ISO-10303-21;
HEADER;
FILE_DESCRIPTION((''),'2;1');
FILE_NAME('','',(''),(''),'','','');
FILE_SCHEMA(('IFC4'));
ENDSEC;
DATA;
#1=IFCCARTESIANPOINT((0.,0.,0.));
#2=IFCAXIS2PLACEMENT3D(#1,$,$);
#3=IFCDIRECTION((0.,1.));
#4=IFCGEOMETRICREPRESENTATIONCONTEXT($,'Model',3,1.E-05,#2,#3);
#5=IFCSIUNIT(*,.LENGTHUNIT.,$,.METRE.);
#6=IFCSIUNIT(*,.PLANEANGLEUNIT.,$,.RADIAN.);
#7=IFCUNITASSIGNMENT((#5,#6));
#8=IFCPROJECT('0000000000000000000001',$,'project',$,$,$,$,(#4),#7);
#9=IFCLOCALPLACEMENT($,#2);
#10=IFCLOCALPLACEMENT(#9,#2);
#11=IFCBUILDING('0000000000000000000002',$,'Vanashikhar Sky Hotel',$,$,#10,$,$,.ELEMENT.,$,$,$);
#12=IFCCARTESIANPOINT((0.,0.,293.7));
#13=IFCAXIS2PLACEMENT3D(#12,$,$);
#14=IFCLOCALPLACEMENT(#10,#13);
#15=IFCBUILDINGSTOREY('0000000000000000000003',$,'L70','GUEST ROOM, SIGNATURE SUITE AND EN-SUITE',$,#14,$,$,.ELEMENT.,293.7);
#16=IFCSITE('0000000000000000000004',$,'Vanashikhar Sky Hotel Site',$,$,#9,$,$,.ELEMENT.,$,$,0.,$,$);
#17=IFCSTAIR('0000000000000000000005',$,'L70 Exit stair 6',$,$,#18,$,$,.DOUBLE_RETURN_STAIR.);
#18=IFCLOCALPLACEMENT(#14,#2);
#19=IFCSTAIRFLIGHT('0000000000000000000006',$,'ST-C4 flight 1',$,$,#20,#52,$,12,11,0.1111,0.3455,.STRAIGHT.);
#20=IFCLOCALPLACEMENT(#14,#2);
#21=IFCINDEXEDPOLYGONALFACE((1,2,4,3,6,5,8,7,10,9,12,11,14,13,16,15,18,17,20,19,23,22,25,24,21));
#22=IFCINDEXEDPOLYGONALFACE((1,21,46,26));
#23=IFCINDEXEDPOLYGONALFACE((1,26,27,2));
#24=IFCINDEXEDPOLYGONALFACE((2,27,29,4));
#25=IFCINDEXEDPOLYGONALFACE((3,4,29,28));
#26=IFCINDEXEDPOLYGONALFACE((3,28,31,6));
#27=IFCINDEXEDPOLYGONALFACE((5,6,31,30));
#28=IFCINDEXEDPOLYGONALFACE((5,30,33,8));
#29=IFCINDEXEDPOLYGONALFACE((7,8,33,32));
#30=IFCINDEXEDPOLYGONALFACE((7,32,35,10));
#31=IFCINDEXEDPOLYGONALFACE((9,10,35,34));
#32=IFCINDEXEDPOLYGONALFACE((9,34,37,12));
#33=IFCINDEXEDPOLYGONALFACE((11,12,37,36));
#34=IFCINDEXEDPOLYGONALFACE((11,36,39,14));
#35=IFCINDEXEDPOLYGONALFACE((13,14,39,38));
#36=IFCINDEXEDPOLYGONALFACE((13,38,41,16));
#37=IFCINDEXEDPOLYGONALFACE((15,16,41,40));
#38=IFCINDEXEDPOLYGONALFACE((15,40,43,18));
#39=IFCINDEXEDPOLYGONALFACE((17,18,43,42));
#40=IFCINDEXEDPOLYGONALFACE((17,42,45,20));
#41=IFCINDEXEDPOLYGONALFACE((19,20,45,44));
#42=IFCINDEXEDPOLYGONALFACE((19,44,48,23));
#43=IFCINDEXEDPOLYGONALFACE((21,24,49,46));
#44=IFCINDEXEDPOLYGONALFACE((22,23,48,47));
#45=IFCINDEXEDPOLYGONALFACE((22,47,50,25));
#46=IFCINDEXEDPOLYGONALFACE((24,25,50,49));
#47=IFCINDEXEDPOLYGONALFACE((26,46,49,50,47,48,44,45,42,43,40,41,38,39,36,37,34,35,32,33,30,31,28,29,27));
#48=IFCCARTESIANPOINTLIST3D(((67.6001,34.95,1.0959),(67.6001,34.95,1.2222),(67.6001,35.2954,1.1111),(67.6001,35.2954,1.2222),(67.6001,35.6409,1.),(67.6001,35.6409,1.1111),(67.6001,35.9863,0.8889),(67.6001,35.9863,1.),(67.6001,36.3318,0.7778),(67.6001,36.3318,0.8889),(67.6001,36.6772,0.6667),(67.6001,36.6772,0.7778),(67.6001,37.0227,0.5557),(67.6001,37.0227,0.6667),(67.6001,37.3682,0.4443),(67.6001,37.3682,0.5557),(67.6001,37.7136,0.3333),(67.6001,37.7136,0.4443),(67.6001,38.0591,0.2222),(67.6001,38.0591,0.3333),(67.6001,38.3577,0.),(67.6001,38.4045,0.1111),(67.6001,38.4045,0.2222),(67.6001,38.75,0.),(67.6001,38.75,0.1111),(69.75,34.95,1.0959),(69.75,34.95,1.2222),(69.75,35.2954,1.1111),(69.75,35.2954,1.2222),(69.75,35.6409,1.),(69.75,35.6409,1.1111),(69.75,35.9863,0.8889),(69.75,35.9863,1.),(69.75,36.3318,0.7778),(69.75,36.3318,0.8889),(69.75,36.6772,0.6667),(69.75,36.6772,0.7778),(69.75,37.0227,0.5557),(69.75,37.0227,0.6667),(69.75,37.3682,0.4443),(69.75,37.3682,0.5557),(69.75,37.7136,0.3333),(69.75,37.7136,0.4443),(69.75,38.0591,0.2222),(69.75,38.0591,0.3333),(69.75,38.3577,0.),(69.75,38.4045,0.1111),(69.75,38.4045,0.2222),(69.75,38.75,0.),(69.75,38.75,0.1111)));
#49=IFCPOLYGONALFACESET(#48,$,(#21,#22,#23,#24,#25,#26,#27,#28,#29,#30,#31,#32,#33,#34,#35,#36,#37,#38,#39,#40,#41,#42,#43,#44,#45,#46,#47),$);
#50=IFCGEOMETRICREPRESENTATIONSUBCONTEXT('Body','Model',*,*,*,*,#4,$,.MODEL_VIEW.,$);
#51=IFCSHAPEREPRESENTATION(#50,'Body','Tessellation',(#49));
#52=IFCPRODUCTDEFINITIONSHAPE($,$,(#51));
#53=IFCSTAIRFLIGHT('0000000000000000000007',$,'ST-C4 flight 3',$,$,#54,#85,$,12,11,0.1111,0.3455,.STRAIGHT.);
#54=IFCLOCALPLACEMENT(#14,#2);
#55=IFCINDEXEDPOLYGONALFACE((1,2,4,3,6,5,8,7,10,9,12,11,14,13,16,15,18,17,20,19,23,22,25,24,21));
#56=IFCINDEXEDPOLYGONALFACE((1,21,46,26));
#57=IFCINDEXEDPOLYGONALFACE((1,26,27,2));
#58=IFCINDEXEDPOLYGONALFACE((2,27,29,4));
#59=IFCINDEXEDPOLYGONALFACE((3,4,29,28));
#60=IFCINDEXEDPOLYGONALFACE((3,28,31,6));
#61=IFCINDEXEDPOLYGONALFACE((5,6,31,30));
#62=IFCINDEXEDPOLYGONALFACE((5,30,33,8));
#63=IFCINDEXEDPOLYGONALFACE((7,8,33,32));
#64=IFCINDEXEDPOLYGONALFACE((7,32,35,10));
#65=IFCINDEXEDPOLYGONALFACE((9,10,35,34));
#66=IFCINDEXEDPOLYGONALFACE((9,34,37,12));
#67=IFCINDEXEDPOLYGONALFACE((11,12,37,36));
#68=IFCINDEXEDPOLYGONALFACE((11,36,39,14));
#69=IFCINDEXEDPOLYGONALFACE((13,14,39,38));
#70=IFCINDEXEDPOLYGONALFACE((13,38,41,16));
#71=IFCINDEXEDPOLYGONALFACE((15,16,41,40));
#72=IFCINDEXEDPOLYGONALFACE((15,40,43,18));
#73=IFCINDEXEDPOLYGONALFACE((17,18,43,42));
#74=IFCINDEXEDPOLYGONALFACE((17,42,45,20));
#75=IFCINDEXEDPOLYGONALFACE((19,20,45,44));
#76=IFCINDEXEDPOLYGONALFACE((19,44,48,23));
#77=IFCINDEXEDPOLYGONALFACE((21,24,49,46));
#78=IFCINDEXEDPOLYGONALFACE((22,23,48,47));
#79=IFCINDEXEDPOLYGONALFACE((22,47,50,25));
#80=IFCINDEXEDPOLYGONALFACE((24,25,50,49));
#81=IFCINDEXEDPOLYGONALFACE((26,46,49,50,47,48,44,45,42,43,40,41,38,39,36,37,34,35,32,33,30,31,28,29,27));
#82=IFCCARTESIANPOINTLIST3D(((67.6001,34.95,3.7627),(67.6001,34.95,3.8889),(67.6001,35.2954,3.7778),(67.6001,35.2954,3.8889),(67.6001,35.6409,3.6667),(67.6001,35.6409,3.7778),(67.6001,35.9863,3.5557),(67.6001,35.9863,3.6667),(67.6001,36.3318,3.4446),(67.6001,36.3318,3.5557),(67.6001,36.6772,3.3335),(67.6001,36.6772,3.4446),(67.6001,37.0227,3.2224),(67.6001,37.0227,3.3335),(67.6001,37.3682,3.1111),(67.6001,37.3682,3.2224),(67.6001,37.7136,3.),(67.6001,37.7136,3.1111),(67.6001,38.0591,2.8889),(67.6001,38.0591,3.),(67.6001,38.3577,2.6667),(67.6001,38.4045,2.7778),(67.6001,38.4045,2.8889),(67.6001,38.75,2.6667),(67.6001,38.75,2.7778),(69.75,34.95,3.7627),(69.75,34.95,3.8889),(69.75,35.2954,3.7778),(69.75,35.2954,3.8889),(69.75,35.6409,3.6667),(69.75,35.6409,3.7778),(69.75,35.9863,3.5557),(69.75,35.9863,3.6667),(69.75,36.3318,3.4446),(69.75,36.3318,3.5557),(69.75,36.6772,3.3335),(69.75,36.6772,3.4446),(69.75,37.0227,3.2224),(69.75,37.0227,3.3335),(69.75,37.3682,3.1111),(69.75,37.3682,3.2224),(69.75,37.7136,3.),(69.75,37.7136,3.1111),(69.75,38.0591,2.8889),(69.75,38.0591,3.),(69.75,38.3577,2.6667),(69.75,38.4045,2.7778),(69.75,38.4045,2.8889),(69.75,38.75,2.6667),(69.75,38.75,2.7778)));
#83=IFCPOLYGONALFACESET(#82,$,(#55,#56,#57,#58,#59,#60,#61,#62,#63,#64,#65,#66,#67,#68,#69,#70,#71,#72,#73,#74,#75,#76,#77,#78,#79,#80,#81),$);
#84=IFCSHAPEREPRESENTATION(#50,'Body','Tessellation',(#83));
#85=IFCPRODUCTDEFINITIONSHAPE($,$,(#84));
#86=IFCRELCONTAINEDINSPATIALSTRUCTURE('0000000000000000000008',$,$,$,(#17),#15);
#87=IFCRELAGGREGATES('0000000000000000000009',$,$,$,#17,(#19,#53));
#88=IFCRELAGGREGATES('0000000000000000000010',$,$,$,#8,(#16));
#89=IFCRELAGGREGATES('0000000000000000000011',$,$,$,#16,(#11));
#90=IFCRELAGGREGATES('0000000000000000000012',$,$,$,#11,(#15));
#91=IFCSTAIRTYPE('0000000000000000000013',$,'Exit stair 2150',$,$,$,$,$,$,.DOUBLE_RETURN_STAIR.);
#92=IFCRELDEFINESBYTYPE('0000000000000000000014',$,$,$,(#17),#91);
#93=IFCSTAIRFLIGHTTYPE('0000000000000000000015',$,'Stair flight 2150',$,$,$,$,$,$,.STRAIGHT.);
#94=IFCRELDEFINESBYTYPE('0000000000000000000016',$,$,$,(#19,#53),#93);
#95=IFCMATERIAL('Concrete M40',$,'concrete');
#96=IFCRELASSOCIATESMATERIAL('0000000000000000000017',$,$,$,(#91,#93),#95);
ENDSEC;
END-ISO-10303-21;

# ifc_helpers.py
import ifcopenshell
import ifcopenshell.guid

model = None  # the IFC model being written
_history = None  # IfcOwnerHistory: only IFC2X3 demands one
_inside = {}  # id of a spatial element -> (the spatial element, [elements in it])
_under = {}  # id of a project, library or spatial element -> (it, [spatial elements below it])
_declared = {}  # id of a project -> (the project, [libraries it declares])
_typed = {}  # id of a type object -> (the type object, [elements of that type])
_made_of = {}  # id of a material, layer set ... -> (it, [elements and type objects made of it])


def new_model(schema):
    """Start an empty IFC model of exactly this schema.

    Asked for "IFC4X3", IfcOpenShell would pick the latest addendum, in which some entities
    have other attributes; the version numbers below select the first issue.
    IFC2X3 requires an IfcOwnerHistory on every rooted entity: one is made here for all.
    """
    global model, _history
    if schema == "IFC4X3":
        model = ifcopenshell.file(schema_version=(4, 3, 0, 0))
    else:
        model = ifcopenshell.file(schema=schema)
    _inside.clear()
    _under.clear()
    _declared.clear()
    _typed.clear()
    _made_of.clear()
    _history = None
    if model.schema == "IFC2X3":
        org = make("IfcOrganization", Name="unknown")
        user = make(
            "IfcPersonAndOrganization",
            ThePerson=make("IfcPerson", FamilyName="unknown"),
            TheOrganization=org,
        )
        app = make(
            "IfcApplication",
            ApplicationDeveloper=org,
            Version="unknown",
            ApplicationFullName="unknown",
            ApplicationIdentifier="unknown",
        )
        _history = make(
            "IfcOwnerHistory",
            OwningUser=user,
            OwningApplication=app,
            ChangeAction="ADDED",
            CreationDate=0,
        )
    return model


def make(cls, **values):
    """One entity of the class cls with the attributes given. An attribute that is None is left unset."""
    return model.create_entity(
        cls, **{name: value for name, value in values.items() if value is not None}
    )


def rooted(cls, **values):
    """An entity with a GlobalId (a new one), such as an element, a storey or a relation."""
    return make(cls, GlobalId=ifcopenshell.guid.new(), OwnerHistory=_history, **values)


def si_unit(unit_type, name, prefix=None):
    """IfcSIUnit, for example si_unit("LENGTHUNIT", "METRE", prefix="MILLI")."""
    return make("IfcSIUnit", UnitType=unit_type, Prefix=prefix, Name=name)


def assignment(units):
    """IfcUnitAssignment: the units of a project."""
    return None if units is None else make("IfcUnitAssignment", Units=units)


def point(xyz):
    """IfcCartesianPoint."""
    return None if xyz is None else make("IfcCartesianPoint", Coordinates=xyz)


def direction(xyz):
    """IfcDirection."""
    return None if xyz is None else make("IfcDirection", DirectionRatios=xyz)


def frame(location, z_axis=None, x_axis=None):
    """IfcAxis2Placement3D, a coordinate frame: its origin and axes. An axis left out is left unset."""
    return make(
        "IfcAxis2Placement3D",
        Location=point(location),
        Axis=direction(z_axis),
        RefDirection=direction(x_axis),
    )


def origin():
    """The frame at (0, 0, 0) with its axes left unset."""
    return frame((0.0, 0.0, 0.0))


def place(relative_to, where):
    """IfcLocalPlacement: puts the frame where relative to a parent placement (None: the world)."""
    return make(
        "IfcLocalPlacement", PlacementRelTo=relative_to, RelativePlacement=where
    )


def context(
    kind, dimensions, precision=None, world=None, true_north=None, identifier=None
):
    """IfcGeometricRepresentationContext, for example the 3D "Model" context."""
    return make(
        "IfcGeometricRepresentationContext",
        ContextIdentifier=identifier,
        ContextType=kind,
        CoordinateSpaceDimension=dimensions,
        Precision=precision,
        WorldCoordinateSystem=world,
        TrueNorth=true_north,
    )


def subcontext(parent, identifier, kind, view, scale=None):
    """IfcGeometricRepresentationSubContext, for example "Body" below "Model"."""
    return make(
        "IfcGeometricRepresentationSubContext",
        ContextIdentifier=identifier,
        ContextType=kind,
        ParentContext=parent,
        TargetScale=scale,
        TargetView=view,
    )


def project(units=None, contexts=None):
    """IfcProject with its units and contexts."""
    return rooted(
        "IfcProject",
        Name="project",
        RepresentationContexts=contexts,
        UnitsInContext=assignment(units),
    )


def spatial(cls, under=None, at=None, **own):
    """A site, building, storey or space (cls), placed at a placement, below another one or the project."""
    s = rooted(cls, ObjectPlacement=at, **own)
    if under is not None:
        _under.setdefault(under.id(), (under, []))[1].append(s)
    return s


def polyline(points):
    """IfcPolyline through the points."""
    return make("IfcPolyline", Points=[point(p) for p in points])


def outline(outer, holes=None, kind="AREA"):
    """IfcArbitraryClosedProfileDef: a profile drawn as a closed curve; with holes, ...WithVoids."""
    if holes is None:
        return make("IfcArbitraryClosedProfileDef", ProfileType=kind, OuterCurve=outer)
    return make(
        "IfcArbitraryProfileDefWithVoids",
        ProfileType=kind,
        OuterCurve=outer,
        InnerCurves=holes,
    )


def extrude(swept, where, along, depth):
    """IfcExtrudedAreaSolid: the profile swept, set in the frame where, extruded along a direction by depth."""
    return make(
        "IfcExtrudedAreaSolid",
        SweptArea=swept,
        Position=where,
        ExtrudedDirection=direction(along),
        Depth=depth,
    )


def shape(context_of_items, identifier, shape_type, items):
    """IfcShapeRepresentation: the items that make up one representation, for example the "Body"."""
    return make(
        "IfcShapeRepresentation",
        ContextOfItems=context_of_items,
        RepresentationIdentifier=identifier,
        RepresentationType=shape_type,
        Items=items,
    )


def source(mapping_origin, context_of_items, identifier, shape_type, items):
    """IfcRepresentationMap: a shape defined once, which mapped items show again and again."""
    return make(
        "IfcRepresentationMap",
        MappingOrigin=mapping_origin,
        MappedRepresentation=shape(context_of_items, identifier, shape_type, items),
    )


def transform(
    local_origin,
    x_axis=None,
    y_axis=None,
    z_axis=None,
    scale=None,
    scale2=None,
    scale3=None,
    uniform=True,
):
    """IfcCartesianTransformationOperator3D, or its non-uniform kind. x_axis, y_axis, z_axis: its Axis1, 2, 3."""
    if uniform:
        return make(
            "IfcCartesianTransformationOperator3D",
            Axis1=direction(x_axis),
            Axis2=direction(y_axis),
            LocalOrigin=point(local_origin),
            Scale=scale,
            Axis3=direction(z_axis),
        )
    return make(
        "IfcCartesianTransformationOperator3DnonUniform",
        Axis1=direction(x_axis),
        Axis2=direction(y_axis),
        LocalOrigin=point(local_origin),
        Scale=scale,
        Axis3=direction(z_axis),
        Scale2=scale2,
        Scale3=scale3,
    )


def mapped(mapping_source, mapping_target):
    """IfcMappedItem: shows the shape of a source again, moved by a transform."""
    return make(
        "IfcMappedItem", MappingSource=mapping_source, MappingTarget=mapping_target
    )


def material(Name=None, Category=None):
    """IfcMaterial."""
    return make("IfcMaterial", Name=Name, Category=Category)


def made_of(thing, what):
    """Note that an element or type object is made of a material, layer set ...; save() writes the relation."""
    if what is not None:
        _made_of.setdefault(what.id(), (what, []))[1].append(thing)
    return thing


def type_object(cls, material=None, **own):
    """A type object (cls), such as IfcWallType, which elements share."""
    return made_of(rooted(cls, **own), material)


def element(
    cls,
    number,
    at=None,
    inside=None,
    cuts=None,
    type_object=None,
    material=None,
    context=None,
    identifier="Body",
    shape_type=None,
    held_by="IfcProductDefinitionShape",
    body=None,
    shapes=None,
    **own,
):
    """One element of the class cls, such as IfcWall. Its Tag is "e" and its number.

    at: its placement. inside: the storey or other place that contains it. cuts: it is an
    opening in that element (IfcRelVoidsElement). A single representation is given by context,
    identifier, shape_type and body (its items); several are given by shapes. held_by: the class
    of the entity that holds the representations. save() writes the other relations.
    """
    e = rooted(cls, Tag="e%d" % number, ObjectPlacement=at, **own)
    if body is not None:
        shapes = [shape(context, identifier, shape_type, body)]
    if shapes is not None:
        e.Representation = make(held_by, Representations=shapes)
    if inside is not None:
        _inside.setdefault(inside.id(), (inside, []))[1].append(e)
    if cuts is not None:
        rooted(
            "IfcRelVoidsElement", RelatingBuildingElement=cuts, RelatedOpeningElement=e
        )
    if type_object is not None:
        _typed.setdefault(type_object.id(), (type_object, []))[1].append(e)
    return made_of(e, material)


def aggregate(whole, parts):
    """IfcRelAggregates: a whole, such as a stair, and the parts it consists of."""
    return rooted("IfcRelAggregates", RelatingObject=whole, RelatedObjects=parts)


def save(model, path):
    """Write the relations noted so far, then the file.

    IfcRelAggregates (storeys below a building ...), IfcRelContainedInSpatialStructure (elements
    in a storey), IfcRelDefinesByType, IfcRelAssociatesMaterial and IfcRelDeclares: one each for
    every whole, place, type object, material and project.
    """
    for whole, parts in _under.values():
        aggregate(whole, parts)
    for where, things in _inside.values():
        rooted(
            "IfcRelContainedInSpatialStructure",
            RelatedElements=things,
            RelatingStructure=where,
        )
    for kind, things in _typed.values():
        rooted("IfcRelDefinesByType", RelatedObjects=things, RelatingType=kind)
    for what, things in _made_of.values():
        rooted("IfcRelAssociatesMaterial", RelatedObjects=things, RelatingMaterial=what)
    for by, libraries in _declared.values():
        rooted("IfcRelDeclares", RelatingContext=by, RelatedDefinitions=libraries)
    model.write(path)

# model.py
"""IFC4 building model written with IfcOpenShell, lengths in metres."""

from ifc_helpers import new_model, si_unit, direction, frame, origin, place, context, subcontext, project, spatial, polyline, outline, extrude, source, transform, mapped, material, type_object, element, aggregate, save


model = new_model("IFC4")

# Units and contexts
model_context = context("Model", 3, precision=1e-05, world=origin(), true_north=direction((0.0, 1.0)))
body_context = subcontext(model_context, "Body", "Model", "MODEL_VIEW")
ifc_project = project(units=[si_unit("LENGTHUNIT", "METRE"), si_unit("PLANEANGLEUNIT", "RADIAN")], contexts=[model_context])

# Site, building, storey
site_placement = place(None, origin())
site = spatial("IfcSite", under=ifc_project, at=site_placement, Name="Vanashikhar Sky Hotel Site", CompositionType="ELEMENT", RefElevation=0.0)
building_placement = place(site_placement, origin())
building = spatial("IfcBuilding", under=site, at=building_placement, Name="Vanashikhar Sky Hotel", CompositionType="ELEMENT")
storey_placement = place(building_placement, frame((0.0, 0.0, 293.7)))
storey = spatial("IfcBuildingStorey", under=building, at=storey_placement, Name="L70", Description="GUEST ROOM, SIGNATURE SUITE AND EN-SUITE", CompositionType="ELEMENT", Elevation=293.7)

# Stair, stair flights
ifc_material_1 = material(Name="Concrete M40", Category="concrete")
stair_type = type_object("IfcStairType", Name="Exit stair 2150", PredefinedType="DOUBLE_RETURN_STAIR", material=ifc_material_1)
stair_flight_type = type_object("IfcStairFlightType", Name="Stair flight 2150", PredefinedType="STRAIGHT", material=ifc_material_1)
shared_shape_1 = source(origin(), body_context, "Body", "SweptSolid", [
    extrude(outline(polyline([(0.0, 0.0), (0.0, 0.1111), (0.3455, 0.1111), (0.3455, 0.2222), (0.6909, 0.2222), (0.6909, 0.3333), (1.0364, 0.3333), (1.0364, 0.4443), (1.3818, 0.4443), (1.3818, 0.5557), (1.7273, 0.5557), (1.7273, 0.6667), (2.0728, 0.6667), (2.0728, 0.7778), (2.4182, 0.7778), (2.4182, 0.8889), (2.7637, 0.8889), (2.7637, 1.0), (3.1091, 1.0), (3.1091, 1.1111), (3.4546, 1.1111), (3.4546, 1.2222), (3.8, 1.2222), (3.8, 1.3333), (3.8, 1.0959), (0.3923, 0.0), (0.0, 0.0)])), frame((0.0, 1.075, 0.0), z_axis=(0.0, -1.0, 0.0), x_axis=(1.0, 0.0, 0.0)), (0.0, 0.0, 1.0), 2.1499),
])
stair_1_placement = place(storey_placement, origin())
stair_1 = element("IfcStair", 1, at=stair_1_placement, inside=storey, type_object=stair_type, Name="L70 Exit stair 6", PredefinedType="DOUBLE_RETURN_STAIR")
stair_flight_1_placement = place(storey_placement, frame((68.675, 38.75, 0.0), z_axis=(0.0, 0.0, 1.0), x_axis=(0.0, -1.0, 0.0)))
stair_flight_1 = element("IfcStairFlight", 2, at=stair_flight_1_placement, type_object=stair_flight_type, Name="ST-C4 flight 1", NumberOfRisers=12, NumberOfTreads=11, PredefinedType="STRAIGHT", RiserHeight=0.1111, TreadLength=0.3455, context=body_context, shape_type="MappedRepresentation", body=[
    mapped(shared_shape_1, transform((0.0, 0.0, 0.0), scale=1.0)),
])
stair_flight_2_placement = place(storey_placement, frame((68.675, 38.75, 2.6667), z_axis=(0.0, 0.0, 1.0), x_axis=(0.0, -1.0, 0.0)))
stair_flight_2 = element("IfcStairFlight", 3, at=stair_flight_2_placement, type_object=stair_flight_type, Name="ST-C4 flight 3", NumberOfRisers=12, NumberOfTreads=11, PredefinedType="STRAIGHT", RiserHeight=0.1111, TreadLength=0.3455, context=body_context, shape_type="MappedRepresentation", body=[
    mapped(shared_shape_1, transform((0.0, 0.0, 0.0), scale=1.0)),
])
aggregate(stair_1, [stair_flight_1, stair_flight_2])

save(model, "model.ifc")
